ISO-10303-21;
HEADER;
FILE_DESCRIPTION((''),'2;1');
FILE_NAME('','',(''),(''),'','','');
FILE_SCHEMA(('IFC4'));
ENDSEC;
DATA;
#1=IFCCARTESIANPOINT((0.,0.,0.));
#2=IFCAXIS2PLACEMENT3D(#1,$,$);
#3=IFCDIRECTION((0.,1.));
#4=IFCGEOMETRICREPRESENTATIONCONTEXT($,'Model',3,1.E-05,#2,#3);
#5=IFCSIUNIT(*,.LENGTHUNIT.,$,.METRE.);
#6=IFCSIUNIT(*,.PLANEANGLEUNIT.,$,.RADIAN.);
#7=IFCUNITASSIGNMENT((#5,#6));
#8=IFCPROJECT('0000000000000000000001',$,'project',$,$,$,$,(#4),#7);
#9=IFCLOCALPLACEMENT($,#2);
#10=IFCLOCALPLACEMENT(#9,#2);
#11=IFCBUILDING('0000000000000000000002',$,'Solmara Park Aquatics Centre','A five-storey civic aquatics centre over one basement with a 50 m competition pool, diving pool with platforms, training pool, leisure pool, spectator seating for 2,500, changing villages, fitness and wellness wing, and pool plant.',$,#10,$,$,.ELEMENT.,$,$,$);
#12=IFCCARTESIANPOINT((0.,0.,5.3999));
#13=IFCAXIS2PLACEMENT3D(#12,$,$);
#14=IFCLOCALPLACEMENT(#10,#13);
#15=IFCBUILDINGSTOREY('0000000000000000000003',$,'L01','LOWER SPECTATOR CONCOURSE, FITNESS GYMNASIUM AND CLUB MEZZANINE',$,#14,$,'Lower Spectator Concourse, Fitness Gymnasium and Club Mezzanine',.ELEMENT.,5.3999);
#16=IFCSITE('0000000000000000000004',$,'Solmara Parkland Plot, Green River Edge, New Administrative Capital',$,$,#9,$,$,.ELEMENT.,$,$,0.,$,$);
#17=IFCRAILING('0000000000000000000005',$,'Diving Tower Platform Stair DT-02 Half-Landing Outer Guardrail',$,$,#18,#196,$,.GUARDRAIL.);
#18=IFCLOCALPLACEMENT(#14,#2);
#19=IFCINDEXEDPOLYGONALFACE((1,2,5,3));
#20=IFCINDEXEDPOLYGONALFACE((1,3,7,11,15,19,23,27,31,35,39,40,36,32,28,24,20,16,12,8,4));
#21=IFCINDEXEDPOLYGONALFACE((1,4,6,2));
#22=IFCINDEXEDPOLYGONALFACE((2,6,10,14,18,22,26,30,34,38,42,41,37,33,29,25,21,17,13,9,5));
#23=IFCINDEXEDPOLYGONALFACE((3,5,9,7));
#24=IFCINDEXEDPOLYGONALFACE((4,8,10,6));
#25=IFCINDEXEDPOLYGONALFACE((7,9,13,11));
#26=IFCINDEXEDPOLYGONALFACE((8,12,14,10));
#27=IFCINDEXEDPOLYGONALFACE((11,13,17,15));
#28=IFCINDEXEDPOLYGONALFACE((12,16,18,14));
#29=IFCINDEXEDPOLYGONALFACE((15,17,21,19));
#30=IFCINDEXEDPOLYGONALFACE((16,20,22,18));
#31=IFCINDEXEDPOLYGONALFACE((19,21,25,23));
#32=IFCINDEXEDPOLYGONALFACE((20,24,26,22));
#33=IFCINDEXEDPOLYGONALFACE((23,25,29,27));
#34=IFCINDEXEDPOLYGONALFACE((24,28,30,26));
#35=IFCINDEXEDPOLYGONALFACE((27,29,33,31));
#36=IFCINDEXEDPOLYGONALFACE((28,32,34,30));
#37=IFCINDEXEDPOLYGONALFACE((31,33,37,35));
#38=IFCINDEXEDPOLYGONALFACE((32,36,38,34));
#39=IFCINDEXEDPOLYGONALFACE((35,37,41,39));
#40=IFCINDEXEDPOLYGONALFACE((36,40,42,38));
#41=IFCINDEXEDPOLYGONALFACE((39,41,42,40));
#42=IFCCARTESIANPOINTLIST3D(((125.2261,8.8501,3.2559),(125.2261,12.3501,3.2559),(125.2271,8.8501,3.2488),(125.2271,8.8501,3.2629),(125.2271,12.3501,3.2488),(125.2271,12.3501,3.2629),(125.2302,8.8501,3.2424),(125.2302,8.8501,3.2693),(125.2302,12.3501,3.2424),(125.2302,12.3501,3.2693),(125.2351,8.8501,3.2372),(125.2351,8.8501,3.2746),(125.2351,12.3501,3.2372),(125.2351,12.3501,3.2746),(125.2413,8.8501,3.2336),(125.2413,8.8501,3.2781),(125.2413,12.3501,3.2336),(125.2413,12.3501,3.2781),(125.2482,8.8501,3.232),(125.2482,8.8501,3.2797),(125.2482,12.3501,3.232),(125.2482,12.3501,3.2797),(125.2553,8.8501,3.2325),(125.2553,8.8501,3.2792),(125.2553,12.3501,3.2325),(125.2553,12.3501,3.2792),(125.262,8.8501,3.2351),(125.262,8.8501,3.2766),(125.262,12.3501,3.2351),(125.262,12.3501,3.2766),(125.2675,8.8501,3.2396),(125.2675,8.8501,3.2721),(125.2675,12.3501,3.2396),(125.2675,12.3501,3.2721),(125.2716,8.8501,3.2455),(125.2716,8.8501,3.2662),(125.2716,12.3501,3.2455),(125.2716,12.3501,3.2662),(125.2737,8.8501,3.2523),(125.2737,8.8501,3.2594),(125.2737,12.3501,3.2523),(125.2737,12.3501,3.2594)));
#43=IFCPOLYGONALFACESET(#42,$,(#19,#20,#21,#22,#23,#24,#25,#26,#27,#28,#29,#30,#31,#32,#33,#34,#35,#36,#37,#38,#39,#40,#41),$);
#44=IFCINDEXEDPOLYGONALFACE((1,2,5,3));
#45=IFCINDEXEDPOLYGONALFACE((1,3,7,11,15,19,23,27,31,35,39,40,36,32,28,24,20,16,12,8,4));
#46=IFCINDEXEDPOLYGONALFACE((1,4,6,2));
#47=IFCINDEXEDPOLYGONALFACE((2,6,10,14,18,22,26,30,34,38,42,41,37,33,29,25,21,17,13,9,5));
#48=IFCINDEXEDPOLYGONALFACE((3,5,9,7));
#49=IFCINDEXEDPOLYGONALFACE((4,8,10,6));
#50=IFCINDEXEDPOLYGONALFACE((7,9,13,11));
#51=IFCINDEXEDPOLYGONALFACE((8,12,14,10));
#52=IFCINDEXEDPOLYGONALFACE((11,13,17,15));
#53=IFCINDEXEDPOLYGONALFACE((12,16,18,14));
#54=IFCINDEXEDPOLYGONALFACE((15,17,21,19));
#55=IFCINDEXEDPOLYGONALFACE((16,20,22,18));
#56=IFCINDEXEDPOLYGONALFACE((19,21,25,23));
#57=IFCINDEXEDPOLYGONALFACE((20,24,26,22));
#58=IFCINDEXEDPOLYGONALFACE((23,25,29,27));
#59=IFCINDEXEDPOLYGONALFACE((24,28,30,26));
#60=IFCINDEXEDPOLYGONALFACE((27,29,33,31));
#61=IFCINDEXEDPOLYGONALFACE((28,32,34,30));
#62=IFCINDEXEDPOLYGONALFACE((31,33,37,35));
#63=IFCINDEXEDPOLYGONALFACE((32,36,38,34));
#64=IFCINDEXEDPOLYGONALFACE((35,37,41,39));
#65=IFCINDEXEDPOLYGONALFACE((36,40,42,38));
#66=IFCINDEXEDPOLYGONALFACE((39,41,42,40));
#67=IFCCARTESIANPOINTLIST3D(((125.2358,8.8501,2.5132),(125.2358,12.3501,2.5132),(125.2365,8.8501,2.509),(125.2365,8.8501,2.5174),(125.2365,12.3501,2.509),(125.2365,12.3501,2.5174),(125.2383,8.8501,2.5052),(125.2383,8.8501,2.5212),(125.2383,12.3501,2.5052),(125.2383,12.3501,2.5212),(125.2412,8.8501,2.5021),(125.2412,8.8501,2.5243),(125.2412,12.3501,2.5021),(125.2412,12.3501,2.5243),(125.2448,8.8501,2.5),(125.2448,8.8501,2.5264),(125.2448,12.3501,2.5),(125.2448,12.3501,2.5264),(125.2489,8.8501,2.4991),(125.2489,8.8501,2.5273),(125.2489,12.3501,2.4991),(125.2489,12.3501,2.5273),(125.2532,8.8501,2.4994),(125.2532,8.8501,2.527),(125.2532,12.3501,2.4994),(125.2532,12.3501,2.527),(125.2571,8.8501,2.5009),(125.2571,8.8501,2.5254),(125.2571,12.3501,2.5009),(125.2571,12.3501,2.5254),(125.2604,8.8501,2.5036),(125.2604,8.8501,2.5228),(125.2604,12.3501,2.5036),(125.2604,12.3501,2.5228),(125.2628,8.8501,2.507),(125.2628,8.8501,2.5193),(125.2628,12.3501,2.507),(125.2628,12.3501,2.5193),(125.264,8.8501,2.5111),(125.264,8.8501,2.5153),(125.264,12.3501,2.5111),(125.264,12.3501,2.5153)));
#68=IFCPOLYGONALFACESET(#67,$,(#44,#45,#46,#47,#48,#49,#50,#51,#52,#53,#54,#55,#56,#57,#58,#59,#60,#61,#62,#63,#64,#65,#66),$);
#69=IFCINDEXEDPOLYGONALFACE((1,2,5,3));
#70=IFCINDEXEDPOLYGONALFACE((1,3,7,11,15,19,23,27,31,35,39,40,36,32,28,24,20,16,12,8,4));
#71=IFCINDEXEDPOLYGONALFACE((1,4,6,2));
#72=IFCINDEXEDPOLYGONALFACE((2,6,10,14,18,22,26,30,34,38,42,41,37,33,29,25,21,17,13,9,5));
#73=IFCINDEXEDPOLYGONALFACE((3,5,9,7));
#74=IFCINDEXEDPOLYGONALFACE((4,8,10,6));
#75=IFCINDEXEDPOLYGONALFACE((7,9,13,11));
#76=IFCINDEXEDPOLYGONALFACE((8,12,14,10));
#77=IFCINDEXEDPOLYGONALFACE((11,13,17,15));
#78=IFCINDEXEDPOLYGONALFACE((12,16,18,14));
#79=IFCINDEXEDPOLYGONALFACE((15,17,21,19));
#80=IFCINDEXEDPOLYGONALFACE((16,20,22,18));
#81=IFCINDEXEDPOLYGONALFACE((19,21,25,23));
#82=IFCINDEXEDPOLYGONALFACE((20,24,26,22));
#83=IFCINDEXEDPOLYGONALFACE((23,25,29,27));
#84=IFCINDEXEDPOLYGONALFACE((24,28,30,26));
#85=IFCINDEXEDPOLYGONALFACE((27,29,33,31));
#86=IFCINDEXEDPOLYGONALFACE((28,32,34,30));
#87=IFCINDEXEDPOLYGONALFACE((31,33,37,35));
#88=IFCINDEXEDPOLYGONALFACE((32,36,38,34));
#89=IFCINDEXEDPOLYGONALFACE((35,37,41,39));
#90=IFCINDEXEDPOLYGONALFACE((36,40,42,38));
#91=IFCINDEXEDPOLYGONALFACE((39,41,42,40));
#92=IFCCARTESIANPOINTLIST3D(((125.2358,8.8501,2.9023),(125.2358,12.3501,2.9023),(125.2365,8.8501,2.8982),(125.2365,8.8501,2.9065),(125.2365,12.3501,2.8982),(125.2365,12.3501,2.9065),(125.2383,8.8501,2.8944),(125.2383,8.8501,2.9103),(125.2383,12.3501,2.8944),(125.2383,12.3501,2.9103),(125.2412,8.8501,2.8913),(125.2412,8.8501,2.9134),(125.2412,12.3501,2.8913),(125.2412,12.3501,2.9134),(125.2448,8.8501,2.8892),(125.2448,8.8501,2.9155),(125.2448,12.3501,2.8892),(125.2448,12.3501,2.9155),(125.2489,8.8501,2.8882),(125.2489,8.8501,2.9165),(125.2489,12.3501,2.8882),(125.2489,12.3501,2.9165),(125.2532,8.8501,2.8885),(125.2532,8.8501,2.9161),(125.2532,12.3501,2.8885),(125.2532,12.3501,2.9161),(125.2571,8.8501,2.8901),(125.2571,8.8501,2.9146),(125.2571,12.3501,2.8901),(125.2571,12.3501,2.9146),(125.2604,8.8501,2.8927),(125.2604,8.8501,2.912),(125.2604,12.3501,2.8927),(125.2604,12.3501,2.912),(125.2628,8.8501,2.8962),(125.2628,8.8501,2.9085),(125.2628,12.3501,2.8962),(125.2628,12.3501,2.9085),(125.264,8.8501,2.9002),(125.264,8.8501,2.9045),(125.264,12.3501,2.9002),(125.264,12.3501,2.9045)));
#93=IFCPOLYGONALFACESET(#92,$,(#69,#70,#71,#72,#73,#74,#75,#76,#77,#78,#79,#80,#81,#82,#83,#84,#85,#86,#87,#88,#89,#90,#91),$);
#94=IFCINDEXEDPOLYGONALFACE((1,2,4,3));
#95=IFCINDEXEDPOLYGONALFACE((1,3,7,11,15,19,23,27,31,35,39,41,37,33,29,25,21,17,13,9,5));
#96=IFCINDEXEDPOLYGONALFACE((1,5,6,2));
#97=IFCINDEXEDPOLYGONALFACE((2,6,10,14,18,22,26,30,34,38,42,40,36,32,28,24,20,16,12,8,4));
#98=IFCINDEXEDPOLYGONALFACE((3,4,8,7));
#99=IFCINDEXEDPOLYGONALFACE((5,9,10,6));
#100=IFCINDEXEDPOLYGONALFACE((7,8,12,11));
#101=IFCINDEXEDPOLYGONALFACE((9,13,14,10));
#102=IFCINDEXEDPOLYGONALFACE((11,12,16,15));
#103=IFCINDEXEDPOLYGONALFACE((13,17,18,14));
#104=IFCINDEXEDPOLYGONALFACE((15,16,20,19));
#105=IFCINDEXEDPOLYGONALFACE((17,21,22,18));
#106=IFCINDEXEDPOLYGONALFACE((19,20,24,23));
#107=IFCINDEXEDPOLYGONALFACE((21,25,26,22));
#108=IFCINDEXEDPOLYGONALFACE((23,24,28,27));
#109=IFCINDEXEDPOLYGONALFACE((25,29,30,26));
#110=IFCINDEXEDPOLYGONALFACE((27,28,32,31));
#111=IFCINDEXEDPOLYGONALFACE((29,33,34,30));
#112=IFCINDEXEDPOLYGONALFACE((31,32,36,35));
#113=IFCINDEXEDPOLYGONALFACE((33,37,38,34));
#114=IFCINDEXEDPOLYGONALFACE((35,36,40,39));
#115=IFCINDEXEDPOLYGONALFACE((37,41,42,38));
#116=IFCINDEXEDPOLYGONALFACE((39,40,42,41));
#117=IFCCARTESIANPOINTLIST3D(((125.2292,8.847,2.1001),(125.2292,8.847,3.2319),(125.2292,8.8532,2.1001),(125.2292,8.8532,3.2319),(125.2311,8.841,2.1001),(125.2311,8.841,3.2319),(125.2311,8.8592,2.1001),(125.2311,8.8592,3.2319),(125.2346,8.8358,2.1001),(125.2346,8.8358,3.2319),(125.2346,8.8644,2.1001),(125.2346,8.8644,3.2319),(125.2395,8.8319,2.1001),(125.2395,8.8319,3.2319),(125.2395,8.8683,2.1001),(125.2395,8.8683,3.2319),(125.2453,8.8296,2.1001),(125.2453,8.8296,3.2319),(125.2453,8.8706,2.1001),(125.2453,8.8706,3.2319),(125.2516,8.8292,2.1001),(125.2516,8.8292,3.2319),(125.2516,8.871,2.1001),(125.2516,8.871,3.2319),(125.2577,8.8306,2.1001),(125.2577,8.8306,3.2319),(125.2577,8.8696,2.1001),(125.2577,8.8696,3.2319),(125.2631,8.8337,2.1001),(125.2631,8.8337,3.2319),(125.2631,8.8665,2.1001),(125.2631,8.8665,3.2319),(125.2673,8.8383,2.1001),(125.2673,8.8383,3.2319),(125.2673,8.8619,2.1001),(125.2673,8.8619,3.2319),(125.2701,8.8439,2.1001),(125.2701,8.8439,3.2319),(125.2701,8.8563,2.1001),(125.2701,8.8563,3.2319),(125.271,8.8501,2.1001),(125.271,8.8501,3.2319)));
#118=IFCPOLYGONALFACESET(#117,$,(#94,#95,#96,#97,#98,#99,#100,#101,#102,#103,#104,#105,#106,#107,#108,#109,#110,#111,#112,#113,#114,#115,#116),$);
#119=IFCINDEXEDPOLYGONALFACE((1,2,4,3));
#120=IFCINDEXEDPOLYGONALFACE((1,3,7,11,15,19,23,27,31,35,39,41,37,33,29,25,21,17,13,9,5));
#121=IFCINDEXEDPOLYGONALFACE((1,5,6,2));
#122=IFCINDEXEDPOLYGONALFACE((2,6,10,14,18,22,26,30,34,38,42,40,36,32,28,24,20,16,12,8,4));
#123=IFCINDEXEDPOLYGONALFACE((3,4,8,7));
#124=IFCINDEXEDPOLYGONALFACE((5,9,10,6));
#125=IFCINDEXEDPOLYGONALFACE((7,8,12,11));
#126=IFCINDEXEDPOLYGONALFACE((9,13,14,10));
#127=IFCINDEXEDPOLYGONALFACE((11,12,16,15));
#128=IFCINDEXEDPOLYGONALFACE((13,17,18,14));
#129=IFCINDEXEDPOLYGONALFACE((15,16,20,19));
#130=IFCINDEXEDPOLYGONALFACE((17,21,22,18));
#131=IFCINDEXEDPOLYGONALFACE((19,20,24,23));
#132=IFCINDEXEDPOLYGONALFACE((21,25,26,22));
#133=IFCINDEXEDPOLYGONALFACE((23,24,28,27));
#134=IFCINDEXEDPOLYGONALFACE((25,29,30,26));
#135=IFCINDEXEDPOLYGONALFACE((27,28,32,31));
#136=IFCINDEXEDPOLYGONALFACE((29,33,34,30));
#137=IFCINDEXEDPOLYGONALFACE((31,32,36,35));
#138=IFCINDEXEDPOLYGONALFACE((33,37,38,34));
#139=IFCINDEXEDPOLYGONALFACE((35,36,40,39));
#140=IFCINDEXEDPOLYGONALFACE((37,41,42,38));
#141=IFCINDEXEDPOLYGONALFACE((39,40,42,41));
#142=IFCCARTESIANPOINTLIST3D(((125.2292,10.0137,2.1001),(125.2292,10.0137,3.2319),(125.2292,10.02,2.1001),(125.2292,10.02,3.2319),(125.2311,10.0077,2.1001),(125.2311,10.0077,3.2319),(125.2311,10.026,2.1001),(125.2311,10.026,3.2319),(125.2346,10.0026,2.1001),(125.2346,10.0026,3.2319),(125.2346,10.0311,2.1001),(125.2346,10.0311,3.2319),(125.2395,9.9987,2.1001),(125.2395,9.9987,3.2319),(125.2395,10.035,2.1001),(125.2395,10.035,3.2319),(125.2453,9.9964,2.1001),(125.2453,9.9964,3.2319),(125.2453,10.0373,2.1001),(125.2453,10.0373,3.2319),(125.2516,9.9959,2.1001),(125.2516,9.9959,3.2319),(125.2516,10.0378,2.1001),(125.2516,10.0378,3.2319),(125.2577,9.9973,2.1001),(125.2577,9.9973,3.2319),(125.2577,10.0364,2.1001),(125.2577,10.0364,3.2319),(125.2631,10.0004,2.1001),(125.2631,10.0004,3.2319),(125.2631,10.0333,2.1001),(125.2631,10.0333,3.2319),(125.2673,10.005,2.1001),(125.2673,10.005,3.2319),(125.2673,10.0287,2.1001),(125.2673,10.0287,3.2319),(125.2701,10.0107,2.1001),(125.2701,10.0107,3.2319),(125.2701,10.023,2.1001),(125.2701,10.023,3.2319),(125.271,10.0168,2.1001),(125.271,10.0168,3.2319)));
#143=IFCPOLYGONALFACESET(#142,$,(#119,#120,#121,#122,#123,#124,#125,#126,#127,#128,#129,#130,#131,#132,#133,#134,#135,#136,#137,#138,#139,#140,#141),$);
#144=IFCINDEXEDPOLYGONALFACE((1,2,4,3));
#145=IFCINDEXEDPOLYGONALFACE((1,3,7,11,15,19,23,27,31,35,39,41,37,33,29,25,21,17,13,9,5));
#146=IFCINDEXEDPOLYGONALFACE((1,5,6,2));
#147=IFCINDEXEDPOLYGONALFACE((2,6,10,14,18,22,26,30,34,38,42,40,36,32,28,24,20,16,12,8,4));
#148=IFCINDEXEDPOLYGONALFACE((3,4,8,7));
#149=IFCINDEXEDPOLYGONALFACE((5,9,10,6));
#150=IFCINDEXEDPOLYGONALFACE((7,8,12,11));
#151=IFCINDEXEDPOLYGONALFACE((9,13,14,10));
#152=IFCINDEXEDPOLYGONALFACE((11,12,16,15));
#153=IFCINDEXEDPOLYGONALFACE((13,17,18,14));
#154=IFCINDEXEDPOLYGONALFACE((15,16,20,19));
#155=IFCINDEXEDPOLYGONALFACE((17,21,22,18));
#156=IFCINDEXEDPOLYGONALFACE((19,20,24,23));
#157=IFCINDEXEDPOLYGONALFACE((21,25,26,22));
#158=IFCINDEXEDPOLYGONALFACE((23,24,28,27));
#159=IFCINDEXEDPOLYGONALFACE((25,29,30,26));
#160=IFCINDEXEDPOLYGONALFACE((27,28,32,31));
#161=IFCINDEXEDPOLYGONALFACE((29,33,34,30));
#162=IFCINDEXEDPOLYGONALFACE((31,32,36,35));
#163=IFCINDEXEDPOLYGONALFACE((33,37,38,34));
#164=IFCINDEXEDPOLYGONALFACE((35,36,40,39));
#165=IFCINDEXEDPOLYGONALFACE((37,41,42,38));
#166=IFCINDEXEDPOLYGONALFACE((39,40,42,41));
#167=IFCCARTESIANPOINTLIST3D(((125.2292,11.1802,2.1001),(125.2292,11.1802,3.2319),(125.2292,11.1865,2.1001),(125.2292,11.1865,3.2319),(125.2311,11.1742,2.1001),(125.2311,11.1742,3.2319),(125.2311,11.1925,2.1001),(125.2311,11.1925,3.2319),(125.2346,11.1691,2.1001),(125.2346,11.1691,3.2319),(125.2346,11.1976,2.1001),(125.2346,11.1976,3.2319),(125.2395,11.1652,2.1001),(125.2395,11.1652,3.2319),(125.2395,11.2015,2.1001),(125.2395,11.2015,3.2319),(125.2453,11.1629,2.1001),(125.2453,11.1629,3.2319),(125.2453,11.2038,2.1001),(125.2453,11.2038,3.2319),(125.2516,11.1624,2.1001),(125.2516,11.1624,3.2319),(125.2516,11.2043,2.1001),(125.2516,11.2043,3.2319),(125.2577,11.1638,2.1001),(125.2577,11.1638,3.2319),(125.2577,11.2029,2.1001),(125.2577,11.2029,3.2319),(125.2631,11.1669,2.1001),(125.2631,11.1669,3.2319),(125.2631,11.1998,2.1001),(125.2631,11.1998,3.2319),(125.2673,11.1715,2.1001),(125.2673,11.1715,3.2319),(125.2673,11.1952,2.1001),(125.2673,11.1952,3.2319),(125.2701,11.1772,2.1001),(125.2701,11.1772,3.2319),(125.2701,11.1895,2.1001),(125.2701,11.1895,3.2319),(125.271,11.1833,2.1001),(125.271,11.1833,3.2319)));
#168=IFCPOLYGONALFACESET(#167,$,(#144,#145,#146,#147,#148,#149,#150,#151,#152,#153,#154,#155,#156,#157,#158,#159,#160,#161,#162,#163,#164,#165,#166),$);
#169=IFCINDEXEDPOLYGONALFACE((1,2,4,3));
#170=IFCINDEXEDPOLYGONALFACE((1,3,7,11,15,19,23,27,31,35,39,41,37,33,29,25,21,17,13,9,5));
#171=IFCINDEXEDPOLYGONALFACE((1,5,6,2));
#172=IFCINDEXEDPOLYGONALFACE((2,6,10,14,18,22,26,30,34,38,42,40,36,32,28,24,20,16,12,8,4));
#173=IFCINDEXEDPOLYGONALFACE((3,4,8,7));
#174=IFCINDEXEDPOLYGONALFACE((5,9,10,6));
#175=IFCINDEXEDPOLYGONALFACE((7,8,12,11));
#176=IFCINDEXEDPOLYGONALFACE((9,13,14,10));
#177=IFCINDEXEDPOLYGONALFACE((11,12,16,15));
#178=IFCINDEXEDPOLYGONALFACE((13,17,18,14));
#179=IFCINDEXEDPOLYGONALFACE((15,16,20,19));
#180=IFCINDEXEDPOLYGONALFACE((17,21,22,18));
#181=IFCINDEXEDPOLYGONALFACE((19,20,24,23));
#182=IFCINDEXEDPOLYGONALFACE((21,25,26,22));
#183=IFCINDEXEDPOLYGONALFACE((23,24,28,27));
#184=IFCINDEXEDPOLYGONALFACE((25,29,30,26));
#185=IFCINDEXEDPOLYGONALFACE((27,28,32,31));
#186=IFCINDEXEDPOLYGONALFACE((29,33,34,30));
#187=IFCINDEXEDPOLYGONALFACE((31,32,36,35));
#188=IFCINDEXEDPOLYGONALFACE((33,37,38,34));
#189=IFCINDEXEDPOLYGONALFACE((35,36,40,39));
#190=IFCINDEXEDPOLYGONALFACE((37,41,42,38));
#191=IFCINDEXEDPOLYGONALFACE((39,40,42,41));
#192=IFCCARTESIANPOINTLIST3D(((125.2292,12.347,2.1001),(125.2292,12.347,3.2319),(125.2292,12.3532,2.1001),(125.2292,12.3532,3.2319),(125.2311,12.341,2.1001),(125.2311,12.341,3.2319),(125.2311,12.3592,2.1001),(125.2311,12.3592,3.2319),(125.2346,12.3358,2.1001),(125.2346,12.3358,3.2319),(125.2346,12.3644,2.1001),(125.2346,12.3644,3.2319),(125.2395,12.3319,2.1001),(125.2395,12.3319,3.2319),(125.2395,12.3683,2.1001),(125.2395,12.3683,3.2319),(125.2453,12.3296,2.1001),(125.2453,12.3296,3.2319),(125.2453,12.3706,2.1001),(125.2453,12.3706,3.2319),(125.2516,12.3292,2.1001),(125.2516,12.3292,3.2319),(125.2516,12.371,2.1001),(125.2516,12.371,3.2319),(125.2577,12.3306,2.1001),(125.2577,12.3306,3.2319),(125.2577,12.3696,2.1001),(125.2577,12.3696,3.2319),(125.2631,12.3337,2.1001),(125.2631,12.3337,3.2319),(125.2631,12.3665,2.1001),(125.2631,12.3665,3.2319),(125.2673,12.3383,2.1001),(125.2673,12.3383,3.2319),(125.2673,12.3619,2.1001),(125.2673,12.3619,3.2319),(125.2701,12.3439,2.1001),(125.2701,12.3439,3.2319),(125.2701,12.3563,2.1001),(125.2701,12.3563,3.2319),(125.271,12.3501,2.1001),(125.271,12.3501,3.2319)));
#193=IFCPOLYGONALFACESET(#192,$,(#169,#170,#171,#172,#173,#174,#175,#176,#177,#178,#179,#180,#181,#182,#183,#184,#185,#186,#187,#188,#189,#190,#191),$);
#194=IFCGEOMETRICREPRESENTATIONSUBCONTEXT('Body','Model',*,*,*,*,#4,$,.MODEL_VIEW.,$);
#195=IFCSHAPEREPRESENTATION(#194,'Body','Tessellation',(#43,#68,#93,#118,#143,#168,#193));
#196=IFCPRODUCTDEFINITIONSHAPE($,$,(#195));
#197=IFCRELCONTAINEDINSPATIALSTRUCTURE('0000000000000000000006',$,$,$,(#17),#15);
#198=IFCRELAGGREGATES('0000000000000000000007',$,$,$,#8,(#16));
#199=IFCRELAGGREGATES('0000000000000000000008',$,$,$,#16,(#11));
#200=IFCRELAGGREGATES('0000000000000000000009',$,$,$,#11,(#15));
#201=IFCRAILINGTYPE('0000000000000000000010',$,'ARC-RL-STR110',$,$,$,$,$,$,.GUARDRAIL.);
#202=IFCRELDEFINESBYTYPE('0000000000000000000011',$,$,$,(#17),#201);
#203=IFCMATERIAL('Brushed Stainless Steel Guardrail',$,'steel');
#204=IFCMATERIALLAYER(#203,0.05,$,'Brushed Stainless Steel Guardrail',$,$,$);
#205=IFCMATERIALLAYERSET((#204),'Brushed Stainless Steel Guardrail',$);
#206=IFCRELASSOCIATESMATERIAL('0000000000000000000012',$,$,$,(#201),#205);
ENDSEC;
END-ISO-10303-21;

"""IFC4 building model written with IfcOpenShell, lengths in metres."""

from ifc_helpers import new_model, si_unit, direction, frame, origin, origin_2d, place, context, subcontext, project, spatial, circle, extrude, material, layer, layer_set, type_object, element, save


model = new_model("IFC4")

# Units and contexts
model_context = context("Model", 3, precision=1e-05, world=origin(), true_north=direction((0.0, 1.0)))
body_context = subcontext(model_context, "Body", "Model", "MODEL_VIEW")
ifc_project = project(units=[si_unit("LENGTHUNIT", "METRE"), si_unit("PLANEANGLEUNIT", "RADIAN")], contexts=[model_context])

# Site, building, storey
site_placement = place(None, origin())
site = spatial("IfcSite", under=ifc_project, at=site_placement, Name="Solmara Parkland Plot, Green River Edge, New Administrative Capital", CompositionType="ELEMENT", RefElevation=0.0)
building_placement = place(site_placement, origin())
building = spatial("IfcBuilding", under=site, at=building_placement, Name="Solmara Park Aquatics Centre", Description="A five-storey civic aquatics centre over one basement with a 50 m competition pool, diving pool with platforms, training pool, leisure pool, spectator seating for 2,500, changing villages, fitness and wellness wing, and pool plant.", CompositionType="ELEMENT")
storey_placement = place(building_placement, frame((0.0, 0.0, 5.3999)))
storey = spatial("IfcBuildingStorey", under=building, at=storey_placement, Name="L01", Description="LOWER SPECTATOR CONCOURSE, FITNESS GYMNASIUM AND CLUB MEZZANINE", LongName="Lower Spectator Concourse, Fitness Gymnasium and Club Mezzanine", CompositionType="ELEMENT", Elevation=5.3999)

# Railing
ifc_material_1 = material(Name="Brushed Stainless Steel Guardrail", Category="steel")
ifc_layer_1 = layer(ifc_material_1, 0.05, Name="Brushed Stainless Steel Guardrail")
ifc_layer_set_1 = layer_set([ifc_layer_1], Name="Brushed Stainless Steel Guardrail")
railing_type_1 = type_object("IfcRailingType", Name="ARC-RL-STR110", PredefinedType="GUARDRAIL", material=ifc_layer_set_1)
railing_1_placement = place(storey_placement, frame((125.25, 8.8501, 2.1001)))
element("IfcRailing", 1, at=railing_1_placement, inside=storey, type_object=railing_type_1, Name="Diving Tower Platform Stair DT-02 Half-Landing Outer Guardrail", PredefinedType="GUARDRAIL", context=body_context, shape_type="SweptSolid", body=[
    extrude(circle(Radius=0.0239, at=origin_2d()), frame((0.0, 0.0, 1.1558), z_axis=(0.0, 1.0, 0.0), x_axis=(-1.0, 0.0, 0.0)), (0.0, 0.0, 1.0), 3.5),
    extrude(circle(Radius=0.0142, at=origin_2d()), frame((0.0, 0.0, 0.4131), z_axis=(0.0, 1.0, 0.0), x_axis=(-1.0, 0.0, 0.0)), (0.0, 0.0, 1.0), 3.5),
    extrude(circle(Radius=0.0142, at=origin_2d()), frame((0.0, 0.0, 0.8022), z_axis=(0.0, 1.0, 0.0), x_axis=(-1.0, 0.0, 0.0)), (0.0, 0.0, 1.0), 3.5),
    extrude(circle(Radius=0.021, at=origin_2d()), origin(), (0.0, 0.0, 1.0), 1.1318),
    extrude(circle(Radius=0.021, at=origin_2d()), frame((0.0, 1.1667, 0.0)), (0.0, 0.0, 1.0), 1.1318),
    extrude(circle(Radius=0.021, at=origin_2d()), frame((0.0, 2.3333, 0.0)), (0.0, 0.0, 1.0), 1.1318),
    extrude(circle(Radius=0.021, at=origin_2d()), frame((0.0, 3.5, 0.0)), (0.0, 0.0, 1.0), 1.1318),
])

save(model, "model.ifc")
